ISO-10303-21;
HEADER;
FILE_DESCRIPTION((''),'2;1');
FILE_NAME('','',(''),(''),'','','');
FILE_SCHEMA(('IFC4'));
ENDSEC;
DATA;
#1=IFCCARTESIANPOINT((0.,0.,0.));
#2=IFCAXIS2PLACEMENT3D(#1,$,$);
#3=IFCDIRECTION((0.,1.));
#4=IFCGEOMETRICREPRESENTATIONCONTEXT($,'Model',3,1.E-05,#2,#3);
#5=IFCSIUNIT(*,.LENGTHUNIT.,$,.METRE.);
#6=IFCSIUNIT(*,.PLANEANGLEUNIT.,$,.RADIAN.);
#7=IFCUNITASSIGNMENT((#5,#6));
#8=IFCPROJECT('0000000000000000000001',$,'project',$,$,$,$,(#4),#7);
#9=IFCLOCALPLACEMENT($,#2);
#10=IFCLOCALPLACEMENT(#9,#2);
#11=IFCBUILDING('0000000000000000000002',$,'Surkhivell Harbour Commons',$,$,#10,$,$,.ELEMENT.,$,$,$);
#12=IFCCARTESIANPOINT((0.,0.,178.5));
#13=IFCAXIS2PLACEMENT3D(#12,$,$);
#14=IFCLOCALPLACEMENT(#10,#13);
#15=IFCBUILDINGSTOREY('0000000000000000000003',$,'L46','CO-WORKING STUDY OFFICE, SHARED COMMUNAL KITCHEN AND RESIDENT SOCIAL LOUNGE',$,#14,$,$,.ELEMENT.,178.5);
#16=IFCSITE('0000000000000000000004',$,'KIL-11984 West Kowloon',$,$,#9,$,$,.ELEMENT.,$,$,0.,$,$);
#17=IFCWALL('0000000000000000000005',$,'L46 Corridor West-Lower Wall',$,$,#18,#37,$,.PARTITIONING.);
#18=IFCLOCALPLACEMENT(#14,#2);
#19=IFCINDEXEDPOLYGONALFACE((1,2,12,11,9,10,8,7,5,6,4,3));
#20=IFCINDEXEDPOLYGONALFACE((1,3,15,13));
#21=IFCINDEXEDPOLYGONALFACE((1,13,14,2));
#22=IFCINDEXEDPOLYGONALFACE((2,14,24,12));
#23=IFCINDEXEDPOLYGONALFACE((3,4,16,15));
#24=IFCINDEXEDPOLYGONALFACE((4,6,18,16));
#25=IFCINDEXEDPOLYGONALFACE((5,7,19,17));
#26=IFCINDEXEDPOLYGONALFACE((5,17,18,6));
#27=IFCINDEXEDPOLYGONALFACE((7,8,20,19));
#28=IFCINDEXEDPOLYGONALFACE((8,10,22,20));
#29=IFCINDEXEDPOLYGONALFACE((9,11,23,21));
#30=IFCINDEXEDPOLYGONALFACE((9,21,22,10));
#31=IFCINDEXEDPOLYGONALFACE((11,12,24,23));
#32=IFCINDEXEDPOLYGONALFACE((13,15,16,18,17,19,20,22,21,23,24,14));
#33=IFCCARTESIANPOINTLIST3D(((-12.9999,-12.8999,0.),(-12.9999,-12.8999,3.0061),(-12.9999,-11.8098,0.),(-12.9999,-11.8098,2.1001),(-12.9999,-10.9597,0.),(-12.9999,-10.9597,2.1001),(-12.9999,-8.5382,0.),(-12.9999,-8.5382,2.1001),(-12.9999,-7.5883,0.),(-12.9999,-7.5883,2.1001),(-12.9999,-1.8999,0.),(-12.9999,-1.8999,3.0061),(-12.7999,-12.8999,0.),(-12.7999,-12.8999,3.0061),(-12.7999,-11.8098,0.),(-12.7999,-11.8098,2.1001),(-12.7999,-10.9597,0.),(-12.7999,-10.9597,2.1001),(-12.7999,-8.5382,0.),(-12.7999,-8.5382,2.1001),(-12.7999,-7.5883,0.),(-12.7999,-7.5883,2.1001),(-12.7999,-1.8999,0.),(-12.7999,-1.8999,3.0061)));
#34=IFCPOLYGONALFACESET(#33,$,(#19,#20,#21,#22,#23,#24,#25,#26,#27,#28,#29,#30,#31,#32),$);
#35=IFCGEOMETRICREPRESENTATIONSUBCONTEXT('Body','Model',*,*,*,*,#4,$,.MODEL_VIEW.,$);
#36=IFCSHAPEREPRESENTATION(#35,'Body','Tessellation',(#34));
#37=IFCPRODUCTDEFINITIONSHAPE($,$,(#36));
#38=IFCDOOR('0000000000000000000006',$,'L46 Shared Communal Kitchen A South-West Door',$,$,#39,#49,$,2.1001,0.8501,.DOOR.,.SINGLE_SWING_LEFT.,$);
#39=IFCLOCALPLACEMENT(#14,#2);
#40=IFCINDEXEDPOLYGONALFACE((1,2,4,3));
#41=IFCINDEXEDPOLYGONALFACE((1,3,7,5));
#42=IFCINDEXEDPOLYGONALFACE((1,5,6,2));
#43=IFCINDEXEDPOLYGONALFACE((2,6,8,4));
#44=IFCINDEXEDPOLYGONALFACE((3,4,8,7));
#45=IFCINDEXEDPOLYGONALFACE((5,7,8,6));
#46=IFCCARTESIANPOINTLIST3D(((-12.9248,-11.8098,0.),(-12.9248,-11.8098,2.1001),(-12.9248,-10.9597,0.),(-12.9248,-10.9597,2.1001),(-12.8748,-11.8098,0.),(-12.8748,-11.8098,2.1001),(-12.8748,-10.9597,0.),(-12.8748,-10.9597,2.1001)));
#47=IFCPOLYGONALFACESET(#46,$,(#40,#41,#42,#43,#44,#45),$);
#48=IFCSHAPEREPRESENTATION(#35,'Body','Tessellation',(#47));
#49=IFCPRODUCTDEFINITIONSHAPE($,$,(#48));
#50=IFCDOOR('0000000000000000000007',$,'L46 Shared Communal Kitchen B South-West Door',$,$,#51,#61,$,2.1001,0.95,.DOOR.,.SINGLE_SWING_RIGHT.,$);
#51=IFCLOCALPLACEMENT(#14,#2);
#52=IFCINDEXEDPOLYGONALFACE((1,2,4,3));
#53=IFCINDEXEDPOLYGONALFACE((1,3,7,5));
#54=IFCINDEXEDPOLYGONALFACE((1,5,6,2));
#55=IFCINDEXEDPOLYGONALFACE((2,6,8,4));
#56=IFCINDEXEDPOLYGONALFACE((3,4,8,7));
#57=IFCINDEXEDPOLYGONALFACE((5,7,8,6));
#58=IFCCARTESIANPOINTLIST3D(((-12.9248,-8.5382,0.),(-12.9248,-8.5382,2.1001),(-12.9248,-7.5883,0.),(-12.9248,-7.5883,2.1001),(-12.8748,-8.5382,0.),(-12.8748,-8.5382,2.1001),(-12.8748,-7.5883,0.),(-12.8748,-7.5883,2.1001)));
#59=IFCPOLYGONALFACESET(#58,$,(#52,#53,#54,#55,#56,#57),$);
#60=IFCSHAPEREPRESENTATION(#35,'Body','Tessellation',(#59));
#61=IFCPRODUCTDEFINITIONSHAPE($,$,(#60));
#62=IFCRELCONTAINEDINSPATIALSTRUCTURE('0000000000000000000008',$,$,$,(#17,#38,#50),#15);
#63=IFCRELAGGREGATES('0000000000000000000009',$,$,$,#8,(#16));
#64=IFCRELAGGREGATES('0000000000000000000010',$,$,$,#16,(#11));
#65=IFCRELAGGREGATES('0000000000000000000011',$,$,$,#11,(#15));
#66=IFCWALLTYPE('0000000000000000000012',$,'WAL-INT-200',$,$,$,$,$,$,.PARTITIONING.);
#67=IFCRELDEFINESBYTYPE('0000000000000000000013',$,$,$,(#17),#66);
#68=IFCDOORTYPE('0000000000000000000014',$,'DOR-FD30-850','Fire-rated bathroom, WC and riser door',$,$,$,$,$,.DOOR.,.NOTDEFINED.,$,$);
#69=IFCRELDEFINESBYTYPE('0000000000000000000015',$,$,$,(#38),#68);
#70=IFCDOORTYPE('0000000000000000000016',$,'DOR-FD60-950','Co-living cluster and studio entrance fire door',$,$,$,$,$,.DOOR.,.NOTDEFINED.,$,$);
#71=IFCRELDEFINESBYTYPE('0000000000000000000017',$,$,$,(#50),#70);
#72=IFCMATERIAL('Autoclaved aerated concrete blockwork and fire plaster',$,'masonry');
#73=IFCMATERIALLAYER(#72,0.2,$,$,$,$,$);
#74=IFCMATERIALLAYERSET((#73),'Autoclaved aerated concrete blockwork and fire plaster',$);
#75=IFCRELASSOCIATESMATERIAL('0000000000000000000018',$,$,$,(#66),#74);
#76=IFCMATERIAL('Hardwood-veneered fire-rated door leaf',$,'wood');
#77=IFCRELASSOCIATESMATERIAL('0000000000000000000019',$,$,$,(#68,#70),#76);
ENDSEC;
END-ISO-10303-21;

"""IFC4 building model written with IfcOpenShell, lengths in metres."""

from ifc_helpers import new_model, si_unit, direction, frame, frame_2d, origin, place, context, subcontext, project, spatial, rectangle, extrude, material, layer, layer_set, type_object, element, fill, save


model = new_model("IFC4")

# Units and contexts
model_context = context("Model", 3, precision=1e-05, world=origin(), true_north=direction((0.0, 1.0)))
body_context = subcontext(model_context, "Body", "Model", "MODEL_VIEW")
ifc_project = project(units=[si_unit("LENGTHUNIT", "METRE"), si_unit("PLANEANGLEUNIT", "RADIAN")], contexts=[model_context])

# Site, building, storey
site_placement = place(None, origin())
site = spatial("IfcSite", under=ifc_project, at=site_placement, Name="KIL-11984 West Kowloon", CompositionType="ELEMENT", RefElevation=0.0)
building_placement = place(site_placement, origin())
building = spatial("IfcBuilding", under=site, at=building_placement, Name="Surkhivell Harbour Commons", CompositionType="ELEMENT")
storey_placement = place(building_placement, frame((0.0, 0.0, 178.5)))
storey = spatial("IfcBuildingStorey", under=building, at=storey_placement, Name="L46", Description="CO-WORKING STUDY OFFICE, SHARED COMMUNAL KITCHEN AND RESIDENT SOCIAL LOUNGE", CompositionType="ELEMENT", Elevation=178.5)

# Wall, openings, doors
ifc_material_1 = material(Name="Autoclaved aerated concrete blockwork and fire plaster", Category="masonry")
ifc_layer_1 = layer(ifc_material_1, 0.2)
ifc_layer_set_1 = layer_set([ifc_layer_1], Name="Autoclaved aerated concrete blockwork and fire plaster")
wall_type_1 = type_object("IfcWallType", Name="WAL-INT-200", PredefinedType="PARTITIONING", material=ifc_layer_set_1)
wall_1_placement = place(storey_placement, frame((-12.8999, -12.8999, 0.0), z_axis=(0.0, 0.0, 1.0), x_axis=(0.0, 1.0, 0.0)))
wall_1 = element("IfcWall", 1, at=wall_1_placement, inside=storey, type_object=wall_type_1, Name="L46 Corridor West-Lower Wall", PredefinedType="PARTITIONING", context=body_context, shape_type="SweptSolid", body=[
    extrude(rectangle(XDim=11.0, YDim=0.2, at=frame_2d((5.5, 0.0))), origin(), (0.0, 0.0, 1.0), 3.0061),
])
opening_1_placement = place(wall_1_placement, frame((1.0901, 0.0, 0.0)))
opening_1 = element("IfcOpeningElement", 2, at=opening_1_placement, cuts=wall_1, PredefinedType="OPENING", context=body_context, shape_type="SweptSolid", body=[
    extrude(rectangle(XDim=0.8501, YDim=2.1001, at=frame_2d((0.425, 1.05))), frame((0.0, 0.1099, 0.0), z_axis=(0.0, -1.0, 0.0), x_axis=(1.0, 0.0, 0.0)), (0.0, 0.0, 1.0), 0.22),
])
opening_2_placement = place(wall_1_placement, frame((4.3616, 0.0, 0.0)))
opening_2 = element("IfcOpeningElement", 3, at=opening_2_placement, cuts=wall_1, PredefinedType="OPENING", context=body_context, shape_type="SweptSolid", body=[
    extrude(rectangle(XDim=0.95, YDim=2.1001, at=frame_2d((0.4751, 1.05))), frame((0.0, 0.1099, 0.0), z_axis=(0.0, -1.0, 0.0), x_axis=(1.0, 0.0, 0.0)), (0.0, 0.0, 1.0), 0.22),
])
ifc_material_2 = material(Name="Hardwood-veneered fire-rated door leaf", Category="wood")
door_type_1 = type_object("IfcDoorType", Name="DOR-FD30-850", Description="Fire-rated bathroom, WC and riser door", OperationType="NOTDEFINED", PredefinedType="DOOR", material=ifc_material_2)
door_1_placement = place(opening_1_placement, origin())
door_1 = element("IfcDoor", 4, at=door_1_placement, inside=storey, type_object=door_type_1, Name="L46 Shared Communal Kitchen A South-West Door", OperationType="SINGLE_SWING_LEFT", OverallHeight=2.1001, OverallWidth=0.8501, PredefinedType="DOOR", context=body_context, shape_type="SweptSolid", body=[
    extrude(rectangle(XDim=0.8501, YDim=2.1001, at=frame_2d((0.425, 1.05))), frame((0.0, 0.0249, 0.0), z_axis=(0.0, -1.0, 0.0), x_axis=(1.0, 0.0, 0.0)), (0.0, 0.0, 1.0), 0.05),
])
fill(opening_1, door_1)
door_type_2 = type_object("IfcDoorType", Name="DOR-FD60-950", Description="Co-living cluster and studio entrance fire door", OperationType="NOTDEFINED", PredefinedType="DOOR", material=ifc_material_2)
door_2_placement = place(opening_2_placement, origin())
door_2 = element("IfcDoor", 5, at=door_2_placement, inside=storey, type_object=door_type_2, Name="L46 Shared Communal Kitchen B South-West Door", OperationType="SINGLE_SWING_RIGHT", OverallHeight=2.1001, OverallWidth=0.95, PredefinedType="DOOR", context=body_context, shape_type="SweptSolid", body=[
    extrude(rectangle(XDim=0.95, YDim=2.1001, at=frame_2d((0.4751, 1.05))), frame((0.0, 0.0249, 0.0), z_axis=(0.0, -1.0, 0.0), x_axis=(1.0, 0.0, 0.0)), (0.0, 0.0, 1.0), 0.05),
])
fill(opening_2, door_2)

save(model, "model.ifc")
